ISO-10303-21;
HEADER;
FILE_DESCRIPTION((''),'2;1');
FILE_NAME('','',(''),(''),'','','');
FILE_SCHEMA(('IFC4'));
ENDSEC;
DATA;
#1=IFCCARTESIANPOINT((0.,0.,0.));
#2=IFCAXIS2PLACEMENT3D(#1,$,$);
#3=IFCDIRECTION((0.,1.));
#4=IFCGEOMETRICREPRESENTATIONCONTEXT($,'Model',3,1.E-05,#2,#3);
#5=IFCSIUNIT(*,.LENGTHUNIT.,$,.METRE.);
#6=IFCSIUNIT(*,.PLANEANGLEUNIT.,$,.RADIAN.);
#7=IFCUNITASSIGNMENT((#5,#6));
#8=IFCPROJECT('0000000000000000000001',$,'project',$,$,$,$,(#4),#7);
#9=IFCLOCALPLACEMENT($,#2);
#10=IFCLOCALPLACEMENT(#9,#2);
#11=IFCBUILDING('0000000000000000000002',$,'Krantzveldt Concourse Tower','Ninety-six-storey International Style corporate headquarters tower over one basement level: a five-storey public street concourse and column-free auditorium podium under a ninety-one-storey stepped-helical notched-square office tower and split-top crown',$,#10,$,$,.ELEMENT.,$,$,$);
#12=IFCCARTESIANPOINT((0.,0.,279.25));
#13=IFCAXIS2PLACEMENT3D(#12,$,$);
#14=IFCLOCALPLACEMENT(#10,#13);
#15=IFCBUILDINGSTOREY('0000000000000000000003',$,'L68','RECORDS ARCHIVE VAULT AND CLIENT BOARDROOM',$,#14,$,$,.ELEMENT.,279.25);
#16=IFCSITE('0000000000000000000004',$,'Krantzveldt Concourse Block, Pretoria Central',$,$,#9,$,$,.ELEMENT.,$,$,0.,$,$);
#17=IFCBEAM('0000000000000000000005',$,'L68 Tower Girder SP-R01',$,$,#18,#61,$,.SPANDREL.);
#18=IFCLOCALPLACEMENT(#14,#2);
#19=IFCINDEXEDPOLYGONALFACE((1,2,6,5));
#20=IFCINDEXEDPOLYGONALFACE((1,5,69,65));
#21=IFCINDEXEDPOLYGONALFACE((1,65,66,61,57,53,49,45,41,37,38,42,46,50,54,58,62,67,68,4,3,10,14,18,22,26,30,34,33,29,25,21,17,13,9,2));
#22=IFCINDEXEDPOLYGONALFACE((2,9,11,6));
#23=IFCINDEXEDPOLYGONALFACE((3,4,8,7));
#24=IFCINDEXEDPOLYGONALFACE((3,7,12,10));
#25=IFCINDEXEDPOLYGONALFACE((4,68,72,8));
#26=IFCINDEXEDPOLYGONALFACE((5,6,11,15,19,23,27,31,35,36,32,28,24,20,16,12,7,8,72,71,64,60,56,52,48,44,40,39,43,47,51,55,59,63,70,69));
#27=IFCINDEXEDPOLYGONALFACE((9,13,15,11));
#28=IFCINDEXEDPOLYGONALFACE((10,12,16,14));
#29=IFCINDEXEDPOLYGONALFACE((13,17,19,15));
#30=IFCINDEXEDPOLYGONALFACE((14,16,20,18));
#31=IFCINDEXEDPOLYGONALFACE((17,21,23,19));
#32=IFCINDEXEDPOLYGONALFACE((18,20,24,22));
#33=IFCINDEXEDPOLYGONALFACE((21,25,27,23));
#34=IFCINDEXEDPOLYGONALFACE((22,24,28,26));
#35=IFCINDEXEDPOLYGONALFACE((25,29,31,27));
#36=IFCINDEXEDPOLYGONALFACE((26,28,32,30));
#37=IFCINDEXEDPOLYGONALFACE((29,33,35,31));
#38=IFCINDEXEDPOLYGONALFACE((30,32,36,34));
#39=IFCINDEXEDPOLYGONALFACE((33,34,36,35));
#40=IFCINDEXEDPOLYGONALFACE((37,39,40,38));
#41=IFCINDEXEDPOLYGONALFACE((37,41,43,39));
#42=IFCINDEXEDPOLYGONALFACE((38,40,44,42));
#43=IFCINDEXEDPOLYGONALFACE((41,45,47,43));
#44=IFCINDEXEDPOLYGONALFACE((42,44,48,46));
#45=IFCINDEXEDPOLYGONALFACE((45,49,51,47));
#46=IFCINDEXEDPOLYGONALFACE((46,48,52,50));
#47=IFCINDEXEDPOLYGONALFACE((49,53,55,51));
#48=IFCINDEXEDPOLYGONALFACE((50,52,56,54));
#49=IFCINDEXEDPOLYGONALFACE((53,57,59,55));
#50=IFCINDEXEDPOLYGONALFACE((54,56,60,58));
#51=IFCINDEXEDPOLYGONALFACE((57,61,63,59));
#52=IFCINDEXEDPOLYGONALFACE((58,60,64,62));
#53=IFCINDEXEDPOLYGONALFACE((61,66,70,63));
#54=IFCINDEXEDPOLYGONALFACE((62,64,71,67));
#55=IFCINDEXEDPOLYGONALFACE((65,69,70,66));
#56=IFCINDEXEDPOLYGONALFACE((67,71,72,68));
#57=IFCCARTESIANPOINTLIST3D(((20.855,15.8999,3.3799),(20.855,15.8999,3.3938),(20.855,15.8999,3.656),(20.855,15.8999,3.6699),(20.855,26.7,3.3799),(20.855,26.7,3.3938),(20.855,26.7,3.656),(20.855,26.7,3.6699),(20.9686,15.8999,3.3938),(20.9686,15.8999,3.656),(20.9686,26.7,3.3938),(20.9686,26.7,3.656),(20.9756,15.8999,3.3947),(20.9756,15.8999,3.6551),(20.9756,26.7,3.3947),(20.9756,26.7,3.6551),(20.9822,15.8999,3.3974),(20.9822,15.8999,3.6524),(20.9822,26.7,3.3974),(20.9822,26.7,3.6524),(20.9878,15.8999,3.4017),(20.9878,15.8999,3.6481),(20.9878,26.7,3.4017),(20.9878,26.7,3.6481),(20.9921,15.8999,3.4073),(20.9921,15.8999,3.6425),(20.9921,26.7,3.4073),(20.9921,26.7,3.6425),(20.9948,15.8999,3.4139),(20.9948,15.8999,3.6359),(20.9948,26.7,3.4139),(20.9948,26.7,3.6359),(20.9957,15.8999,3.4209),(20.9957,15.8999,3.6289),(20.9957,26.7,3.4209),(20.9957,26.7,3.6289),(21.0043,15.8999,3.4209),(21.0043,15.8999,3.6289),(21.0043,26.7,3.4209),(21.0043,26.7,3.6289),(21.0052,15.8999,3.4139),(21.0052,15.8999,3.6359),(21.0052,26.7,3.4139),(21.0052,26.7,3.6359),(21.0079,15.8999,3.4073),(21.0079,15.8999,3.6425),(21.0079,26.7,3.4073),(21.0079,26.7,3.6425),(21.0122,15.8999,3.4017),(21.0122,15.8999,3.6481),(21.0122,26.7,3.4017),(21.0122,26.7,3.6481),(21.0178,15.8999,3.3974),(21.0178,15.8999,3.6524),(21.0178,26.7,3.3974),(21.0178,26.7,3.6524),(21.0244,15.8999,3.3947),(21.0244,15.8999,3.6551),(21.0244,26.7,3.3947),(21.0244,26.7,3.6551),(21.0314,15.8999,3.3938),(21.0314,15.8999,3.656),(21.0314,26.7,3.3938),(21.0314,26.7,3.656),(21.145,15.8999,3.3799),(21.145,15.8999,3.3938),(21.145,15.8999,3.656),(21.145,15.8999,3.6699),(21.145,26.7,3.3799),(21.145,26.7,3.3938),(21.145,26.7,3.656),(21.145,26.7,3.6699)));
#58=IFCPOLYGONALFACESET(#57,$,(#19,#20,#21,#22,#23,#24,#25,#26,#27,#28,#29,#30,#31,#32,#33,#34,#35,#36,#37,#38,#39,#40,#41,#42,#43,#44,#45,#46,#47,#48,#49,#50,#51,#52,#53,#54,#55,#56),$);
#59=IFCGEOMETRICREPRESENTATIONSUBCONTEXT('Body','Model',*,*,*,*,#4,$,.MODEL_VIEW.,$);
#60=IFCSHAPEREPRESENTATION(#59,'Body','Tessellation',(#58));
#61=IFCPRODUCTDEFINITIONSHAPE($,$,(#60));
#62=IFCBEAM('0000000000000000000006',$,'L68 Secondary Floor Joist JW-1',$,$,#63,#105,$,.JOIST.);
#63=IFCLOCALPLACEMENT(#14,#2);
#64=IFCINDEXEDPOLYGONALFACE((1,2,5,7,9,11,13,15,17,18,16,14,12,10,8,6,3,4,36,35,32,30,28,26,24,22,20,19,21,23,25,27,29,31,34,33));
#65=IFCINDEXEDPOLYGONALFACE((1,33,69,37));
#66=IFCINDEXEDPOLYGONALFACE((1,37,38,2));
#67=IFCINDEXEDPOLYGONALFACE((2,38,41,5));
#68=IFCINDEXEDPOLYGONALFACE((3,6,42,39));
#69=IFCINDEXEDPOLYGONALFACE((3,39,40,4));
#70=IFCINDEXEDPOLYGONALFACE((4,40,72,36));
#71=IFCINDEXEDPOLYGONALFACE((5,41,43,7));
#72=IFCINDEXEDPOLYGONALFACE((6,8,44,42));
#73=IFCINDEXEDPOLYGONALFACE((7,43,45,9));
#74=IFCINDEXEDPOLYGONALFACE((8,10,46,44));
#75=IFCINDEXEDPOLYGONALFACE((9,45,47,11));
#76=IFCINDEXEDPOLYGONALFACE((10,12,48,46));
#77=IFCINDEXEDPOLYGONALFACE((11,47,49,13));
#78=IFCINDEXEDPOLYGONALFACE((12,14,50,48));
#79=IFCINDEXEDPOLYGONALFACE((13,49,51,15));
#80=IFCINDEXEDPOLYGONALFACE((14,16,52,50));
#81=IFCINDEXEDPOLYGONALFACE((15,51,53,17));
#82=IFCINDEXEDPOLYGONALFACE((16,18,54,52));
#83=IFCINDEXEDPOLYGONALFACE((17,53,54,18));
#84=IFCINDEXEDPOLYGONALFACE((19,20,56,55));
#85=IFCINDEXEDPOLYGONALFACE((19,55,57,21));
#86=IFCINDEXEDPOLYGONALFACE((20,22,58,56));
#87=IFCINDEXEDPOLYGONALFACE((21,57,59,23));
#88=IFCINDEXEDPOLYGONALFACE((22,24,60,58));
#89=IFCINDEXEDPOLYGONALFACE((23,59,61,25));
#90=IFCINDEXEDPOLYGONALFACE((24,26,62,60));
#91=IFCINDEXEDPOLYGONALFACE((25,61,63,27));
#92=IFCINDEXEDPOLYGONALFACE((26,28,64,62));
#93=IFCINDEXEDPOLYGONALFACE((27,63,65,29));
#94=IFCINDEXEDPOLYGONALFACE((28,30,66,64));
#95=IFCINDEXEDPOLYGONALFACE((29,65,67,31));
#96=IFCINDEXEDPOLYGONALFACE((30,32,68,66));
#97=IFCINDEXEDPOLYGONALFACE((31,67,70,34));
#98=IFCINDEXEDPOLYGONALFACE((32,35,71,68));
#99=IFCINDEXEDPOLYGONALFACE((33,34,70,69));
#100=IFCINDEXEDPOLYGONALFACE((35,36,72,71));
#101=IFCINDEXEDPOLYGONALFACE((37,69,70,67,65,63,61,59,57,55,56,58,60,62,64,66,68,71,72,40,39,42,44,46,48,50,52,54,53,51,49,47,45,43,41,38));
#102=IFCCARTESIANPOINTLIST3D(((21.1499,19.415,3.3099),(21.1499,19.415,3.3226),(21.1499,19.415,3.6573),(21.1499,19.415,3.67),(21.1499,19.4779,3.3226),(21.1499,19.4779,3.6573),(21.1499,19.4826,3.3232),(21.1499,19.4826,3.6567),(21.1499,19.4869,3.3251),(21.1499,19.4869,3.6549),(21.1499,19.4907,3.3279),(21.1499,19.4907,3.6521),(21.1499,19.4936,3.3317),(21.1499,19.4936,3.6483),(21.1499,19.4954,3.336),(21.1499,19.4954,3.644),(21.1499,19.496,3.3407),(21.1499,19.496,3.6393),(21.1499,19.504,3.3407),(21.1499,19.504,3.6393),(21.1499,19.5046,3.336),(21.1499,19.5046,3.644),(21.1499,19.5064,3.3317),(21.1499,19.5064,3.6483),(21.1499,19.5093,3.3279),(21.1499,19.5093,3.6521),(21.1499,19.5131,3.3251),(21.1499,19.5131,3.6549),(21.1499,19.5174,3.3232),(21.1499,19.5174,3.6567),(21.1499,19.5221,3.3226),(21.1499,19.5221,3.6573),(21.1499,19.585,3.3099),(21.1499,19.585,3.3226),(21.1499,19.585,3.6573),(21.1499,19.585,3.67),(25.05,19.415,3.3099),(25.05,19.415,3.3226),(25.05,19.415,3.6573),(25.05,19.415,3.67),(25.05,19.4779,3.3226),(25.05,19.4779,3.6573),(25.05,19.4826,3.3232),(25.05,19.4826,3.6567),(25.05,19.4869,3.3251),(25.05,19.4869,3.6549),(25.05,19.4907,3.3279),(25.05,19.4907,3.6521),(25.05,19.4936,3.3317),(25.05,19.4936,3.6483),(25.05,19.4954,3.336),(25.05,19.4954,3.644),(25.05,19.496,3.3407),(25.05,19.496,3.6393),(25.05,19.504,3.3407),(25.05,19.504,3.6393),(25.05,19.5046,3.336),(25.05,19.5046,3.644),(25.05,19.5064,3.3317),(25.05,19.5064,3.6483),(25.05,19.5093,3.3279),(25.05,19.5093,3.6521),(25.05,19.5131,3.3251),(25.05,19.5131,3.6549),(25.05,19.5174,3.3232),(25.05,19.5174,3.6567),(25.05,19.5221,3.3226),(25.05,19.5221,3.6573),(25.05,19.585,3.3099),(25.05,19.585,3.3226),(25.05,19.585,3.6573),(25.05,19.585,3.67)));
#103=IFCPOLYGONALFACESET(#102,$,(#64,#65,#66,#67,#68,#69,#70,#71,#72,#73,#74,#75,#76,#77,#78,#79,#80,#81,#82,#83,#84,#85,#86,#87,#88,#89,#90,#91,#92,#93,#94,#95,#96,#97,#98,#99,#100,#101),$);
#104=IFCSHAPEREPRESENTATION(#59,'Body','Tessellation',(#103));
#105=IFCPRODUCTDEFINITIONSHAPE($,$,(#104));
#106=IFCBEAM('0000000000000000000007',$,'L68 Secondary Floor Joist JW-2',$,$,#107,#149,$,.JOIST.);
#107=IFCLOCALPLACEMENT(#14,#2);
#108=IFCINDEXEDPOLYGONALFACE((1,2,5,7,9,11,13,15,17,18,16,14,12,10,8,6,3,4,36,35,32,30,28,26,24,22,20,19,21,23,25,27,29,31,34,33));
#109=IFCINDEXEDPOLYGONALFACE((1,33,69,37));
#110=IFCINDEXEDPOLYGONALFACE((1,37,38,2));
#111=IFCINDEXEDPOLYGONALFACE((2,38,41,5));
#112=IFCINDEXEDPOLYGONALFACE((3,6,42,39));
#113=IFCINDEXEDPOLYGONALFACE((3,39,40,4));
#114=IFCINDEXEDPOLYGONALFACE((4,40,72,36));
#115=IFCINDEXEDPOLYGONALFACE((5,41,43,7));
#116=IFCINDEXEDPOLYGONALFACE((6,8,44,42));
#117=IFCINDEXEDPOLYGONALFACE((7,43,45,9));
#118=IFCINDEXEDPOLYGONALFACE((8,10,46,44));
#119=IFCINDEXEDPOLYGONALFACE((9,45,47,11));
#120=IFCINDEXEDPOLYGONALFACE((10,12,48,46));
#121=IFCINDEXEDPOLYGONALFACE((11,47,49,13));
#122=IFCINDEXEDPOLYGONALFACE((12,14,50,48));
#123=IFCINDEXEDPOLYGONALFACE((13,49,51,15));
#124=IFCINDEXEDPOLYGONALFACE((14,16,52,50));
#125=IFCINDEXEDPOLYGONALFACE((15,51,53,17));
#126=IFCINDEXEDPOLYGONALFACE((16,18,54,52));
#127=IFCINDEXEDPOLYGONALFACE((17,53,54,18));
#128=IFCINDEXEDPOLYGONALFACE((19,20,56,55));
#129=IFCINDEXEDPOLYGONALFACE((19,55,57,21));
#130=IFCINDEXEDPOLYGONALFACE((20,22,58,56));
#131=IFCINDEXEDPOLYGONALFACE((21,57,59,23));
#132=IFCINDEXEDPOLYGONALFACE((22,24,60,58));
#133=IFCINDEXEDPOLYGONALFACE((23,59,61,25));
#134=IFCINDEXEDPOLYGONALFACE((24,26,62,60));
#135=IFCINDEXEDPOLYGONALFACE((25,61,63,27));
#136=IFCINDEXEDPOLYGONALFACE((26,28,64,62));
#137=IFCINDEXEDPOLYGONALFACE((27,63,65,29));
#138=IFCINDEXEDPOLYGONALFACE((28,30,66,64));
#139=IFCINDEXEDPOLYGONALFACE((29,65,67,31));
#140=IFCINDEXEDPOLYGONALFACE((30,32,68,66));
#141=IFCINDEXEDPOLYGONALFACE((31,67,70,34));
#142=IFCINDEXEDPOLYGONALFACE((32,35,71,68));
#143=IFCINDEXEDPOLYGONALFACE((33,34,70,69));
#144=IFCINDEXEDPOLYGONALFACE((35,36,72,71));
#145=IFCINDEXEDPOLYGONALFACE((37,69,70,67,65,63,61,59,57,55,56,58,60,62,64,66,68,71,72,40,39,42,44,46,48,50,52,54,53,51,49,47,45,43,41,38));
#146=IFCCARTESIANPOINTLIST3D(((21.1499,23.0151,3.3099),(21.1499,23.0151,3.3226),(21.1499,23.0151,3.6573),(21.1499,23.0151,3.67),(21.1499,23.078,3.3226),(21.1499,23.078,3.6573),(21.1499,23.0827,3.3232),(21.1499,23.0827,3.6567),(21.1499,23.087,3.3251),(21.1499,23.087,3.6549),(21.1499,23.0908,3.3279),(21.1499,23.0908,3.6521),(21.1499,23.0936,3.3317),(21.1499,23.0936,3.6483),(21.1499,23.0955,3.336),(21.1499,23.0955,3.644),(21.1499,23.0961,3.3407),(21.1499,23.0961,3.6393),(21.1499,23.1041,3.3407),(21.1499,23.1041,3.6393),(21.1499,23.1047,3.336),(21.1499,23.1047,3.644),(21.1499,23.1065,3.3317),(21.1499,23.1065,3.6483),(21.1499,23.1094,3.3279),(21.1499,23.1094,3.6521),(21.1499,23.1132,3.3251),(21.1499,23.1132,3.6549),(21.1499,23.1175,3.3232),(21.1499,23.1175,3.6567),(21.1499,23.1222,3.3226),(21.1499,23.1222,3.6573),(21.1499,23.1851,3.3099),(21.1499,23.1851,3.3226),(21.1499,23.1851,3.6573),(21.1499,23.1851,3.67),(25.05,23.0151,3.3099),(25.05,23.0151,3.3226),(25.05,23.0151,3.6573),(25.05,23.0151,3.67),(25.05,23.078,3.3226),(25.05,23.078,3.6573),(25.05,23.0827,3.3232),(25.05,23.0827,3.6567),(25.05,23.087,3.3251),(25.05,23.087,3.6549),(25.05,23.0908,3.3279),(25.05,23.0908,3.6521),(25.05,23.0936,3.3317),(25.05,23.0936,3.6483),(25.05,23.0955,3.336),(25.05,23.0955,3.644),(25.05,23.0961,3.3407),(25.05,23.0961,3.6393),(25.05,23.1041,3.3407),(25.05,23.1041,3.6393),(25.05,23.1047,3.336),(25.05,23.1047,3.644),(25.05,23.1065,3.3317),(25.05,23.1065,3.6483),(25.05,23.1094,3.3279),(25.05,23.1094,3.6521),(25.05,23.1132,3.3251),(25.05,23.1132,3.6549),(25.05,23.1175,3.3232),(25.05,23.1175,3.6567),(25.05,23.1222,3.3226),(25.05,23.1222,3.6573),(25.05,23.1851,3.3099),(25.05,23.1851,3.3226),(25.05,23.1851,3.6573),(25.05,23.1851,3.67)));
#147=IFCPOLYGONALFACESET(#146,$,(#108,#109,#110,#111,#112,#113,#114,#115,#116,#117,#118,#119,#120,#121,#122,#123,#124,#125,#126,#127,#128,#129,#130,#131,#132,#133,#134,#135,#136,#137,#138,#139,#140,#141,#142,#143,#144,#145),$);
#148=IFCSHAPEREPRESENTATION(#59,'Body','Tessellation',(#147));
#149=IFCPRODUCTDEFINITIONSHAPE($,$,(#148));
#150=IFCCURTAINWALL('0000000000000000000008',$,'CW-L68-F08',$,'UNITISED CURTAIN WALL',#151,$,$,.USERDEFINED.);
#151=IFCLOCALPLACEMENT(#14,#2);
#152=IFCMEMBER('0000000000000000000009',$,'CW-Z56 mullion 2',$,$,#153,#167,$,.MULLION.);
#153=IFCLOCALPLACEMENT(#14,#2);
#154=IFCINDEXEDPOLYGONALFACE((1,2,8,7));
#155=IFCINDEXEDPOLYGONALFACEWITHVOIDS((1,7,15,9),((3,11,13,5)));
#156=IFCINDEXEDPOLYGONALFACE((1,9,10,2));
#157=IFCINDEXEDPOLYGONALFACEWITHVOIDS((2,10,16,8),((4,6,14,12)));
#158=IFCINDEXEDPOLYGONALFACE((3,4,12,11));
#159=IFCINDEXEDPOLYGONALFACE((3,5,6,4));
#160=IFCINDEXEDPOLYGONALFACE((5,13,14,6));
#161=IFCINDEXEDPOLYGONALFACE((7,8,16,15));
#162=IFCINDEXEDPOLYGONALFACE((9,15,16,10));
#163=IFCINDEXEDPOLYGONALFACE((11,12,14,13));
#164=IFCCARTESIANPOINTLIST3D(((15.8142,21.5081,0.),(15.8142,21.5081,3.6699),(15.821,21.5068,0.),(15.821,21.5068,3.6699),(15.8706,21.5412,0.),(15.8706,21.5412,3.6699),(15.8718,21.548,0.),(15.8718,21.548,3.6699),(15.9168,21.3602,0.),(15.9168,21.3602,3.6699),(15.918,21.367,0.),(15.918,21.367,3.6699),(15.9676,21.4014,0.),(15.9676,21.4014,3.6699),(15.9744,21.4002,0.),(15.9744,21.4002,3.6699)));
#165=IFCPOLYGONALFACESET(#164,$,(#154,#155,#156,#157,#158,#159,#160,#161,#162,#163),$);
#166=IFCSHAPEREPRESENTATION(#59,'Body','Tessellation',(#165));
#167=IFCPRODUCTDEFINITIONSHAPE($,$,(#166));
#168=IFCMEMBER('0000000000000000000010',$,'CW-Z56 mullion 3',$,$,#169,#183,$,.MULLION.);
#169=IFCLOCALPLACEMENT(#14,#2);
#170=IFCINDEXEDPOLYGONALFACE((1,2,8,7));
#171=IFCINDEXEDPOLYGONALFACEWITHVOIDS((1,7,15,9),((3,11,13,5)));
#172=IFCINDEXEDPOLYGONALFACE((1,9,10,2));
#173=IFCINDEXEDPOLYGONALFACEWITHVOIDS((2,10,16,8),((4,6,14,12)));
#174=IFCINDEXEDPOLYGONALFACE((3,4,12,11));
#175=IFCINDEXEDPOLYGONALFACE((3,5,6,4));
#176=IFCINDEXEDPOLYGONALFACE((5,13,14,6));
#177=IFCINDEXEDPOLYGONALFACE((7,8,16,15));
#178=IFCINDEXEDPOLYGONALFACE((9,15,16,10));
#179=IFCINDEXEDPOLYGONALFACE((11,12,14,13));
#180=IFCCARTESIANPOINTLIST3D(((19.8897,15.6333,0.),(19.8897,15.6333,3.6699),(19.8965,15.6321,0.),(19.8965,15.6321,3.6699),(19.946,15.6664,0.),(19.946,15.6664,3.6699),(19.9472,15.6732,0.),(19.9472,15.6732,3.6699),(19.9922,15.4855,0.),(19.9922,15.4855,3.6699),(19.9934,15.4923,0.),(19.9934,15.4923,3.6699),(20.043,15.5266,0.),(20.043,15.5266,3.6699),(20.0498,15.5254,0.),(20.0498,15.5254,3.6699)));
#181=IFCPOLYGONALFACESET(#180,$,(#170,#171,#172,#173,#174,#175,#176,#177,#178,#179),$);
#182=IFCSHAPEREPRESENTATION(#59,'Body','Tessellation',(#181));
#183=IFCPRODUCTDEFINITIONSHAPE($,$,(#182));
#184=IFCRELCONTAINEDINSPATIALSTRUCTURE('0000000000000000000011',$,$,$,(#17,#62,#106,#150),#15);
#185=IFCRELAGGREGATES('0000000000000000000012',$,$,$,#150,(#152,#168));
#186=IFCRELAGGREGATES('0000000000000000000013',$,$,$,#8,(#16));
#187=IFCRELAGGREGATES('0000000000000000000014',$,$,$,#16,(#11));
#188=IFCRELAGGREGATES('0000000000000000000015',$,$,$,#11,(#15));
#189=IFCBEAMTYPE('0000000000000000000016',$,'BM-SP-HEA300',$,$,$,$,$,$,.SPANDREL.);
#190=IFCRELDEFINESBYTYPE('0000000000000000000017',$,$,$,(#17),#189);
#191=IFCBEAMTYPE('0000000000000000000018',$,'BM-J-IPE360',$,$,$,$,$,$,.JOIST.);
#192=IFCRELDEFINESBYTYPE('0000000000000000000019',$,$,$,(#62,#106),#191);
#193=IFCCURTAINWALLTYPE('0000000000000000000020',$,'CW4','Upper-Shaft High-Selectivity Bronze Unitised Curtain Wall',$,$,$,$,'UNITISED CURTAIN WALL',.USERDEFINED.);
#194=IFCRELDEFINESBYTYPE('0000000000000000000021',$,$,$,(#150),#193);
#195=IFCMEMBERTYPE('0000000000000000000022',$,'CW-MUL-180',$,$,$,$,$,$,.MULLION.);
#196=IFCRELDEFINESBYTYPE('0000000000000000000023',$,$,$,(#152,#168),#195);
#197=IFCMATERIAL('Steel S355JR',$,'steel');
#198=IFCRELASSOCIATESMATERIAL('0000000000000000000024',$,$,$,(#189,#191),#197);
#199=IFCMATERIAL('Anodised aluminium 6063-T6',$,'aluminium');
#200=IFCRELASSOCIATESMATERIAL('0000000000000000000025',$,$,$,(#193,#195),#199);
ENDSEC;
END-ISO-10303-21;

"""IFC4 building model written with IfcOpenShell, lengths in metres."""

from ifc_helpers import new_model, si_unit, direction, frame, origin, origin_2d, place, context, subcontext, project, spatial, hollow_rectangle, i_section, extrude, source, transform, mapped, material, material_profile, profile_set, type_object, type_shapes, element, aggregate, save


model = new_model("IFC4")

# Units and contexts
model_context = context("Model", 3, precision=1e-05, world=origin(), true_north=direction((0.0, 1.0)))
body_context = subcontext(model_context, "Body", "Model", "MODEL_VIEW")
ifc_project = project(units=[si_unit("LENGTHUNIT", "METRE"), si_unit("PLANEANGLEUNIT", "RADIAN")], contexts=[model_context])

# Site, building, storey
site_placement = place(None, origin())
site = spatial("IfcSite", under=ifc_project, at=site_placement, Name="Krantzveldt Concourse Block, Pretoria Central", CompositionType="ELEMENT", RefElevation=0.0)
building_placement = place(site_placement, origin())
building = spatial("IfcBuilding", under=site, at=building_placement, Name="Krantzveldt Concourse Tower", Description="Ninety-six-storey International Style corporate headquarters tower over one basement level: a five-storey public street concourse and column-free auditorium podium under a ninety-one-storey stepped-helical notched-square office tower and split-top crown", CompositionType="ELEMENT")
storey_placement = place(building_placement, frame((0.0, 0.0, 279.25)))
storey = spatial("IfcBuildingStorey", under=building, at=storey_placement, Name="L68", Description="RECORDS ARCHIVE VAULT AND CLIENT BOARDROOM", CompositionType="ELEMENT", Elevation=279.25)

# Beams
ifc_material_1 = material(Name="Steel S355JR", Category="steel")
ifc_material_profile_1 = material_profile(ifc_material_1, i_section(OverallWidth=0.29, OverallDepth=0.29, WebThickness=0.0085, FlangeThickness=0.0139, FilletRadius=0.0271, at=origin_2d()), Name="Steel S355JR", Category="steel")
ifc_profile_set_1 = profile_set([ifc_material_profile_1], Name="Steel S355JR - HEA 300")
beam_type_1 = type_object("IfcBeamType", Name="BM-SP-HEA300", PredefinedType="SPANDREL", material=ifc_profile_set_1)
shared_shape_1 = source(origin(), body_context, "Body", "SweptSolid", [
    extrude(i_section(OverallWidth=0.29, OverallDepth=0.29, WebThickness=0.0085, FlangeThickness=0.0139, FilletRadius=0.0271, at=origin_2d()), origin(), (0.0, 0.0, 1.0), 10.8),
])
type_shapes(beam_type_1, [shared_shape_1])
beam_1_placement = place(storey_placement, frame((21.0, 15.8999, 3.5249), z_axis=(0.0, 1.0, 0.0), x_axis=(-1.0, 0.0, 0.0)))
element("IfcBeam", 1, at=beam_1_placement, inside=storey, type_object=beam_type_1, Name="L68 Tower Girder SP-R01", PredefinedType="SPANDREL", context=body_context, shape_type="MappedRepresentation", body=[
    mapped(shared_shape_1, transform((0.0, 0.0, 0.0), x_axis=(1.0, 0.0, 0.0), y_axis=(0.0, 1.0, 0.0), z_axis=(0.0, 0.0, 1.0), scale=1.0)),
])
ifc_material_profile_2 = material_profile(ifc_material_1, i_section(OverallWidth=0.1699, OverallDepth=0.3601, WebThickness=0.0081, FlangeThickness=0.0127, FilletRadius=0.0181, at=origin_2d()), Name="Steel S355JR", Category="steel")
ifc_profile_set_2 = profile_set([ifc_material_profile_2], Name="Steel S355JR - IPE 360")
beam_type_2 = type_object("IfcBeamType", Name="BM-J-IPE360", PredefinedType="JOIST", material=ifc_profile_set_2)
shared_shape_2 = source(origin(), body_context, "Body", "SweptSolid", [
    extrude(i_section(OverallWidth=0.1699, OverallDepth=0.3601, WebThickness=0.0081, FlangeThickness=0.0127, FilletRadius=0.0181, at=origin_2d()), origin(), (0.0, 0.0, 1.0), 3.9001),
])
type_shapes(beam_type_2, [shared_shape_2])
for number, where, z_axis, x_axis, name in (
    (2, (21.1499, 19.5, 3.49), (1.0, 0.0, 0.0), (0.0, 1.0, 0.0), "L68 Secondary Floor Joist JW-1"),
    (3, (21.1499, 23.1001, 3.49), (1.0, 0.0, 0.0), (0.0, 1.0, 0.0), "L68 Secondary Floor Joist JW-2"),
):
    element("IfcBeam", number, at=place(storey_placement, frame(where, z_axis=z_axis, x_axis=x_axis)), inside=storey, type_object=beam_type_2, Name=name, PredefinedType="JOIST", context=body_context, shape_type="MappedRepresentation", body=[
        mapped(shared_shape_2, transform((0.0, 0.0, 0.0), x_axis=(1.0, 0.0, 0.0), y_axis=(0.0, 1.0, 0.0), z_axis=(0.0, 0.0, 1.0), scale=1.0)),
    ])

# Curtain wall, members
ifc_material_2 = material(Name="Anodised aluminium 6063-T6", Category="aluminium")
curtain_wall_type = type_object("IfcCurtainWallType", Name="CW4", Description="Upper-Shaft High-Selectivity Bronze Unitised Curtain Wall", ElementType="UNITISED CURTAIN WALL", PredefinedType="USERDEFINED", material=ifc_material_2)
curtain_wall_placement = place(storey_placement, origin())
curtain_wall = element("IfcCurtainWall", 4, at=curtain_wall_placement, inside=storey, type_object=curtain_wall_type, Name="CW-L68-F08", ObjectType="UNITISED CURTAIN WALL", PredefinedType="USERDEFINED")
ifc_material_profile_3 = material_profile(ifc_material_2, hollow_rectangle(XDim=0.0701, YDim=0.1799, WallThickness=0.0049, at=origin_2d()), Name="Anodised aluminium 6063-T6", Category="aluminium")
ifc_profile_set_3 = profile_set([ifc_material_profile_3], Name="Anodised aluminium 6063-T6 - ALU-MULL 180x70x5")
member_type_1 = type_object("IfcMemberType", Name="CW-MUL-180", PredefinedType="MULLION", material=ifc_profile_set_3)
shared_shape_3 = source(origin(), body_context, "Body", "SweptSolid", [
    extrude(hollow_rectangle(XDim=0.0701, YDim=0.1799, WallThickness=0.0049, at=origin_2d()), origin(), (0.0, 0.0, 1.0), 3.6699),
])
type_shapes(member_type_1, [shared_shape_3])
member_1_placement = place(storey_placement, frame((15.8943, 21.4541, 0.0), z_axis=(0.0, 0.0, 1.0), x_axis=(0.821647, 0.569997, 0.0)))
member_1 = element("IfcMember", 5, at=member_1_placement, type_object=member_type_1, Name="CW-Z56 mullion 2", PredefinedType="MULLION", context=body_context, shape_type="MappedRepresentation", body=[
    mapped(shared_shape_3, transform((0.0, 0.0, 0.0), x_axis=(1.0, 0.0, 0.0), y_axis=(0.0, 1.0, 0.0), z_axis=(0.0, 0.0, 1.0), scale=1.0)),
])
member_2_placement = place(storey_placement, frame((19.9697, 15.5793, 0.0), z_axis=(0.0, 0.0, 1.0), x_axis=(0.821647, 0.569997, 0.0)))
member_2 = element("IfcMember", 6, at=member_2_placement, type_object=member_type_1, Name="CW-Z56 mullion 3", PredefinedType="MULLION", context=body_context, shape_type="MappedRepresentation", body=[
    mapped(shared_shape_3, transform((0.0, 0.0, 0.0), x_axis=(1.0, 0.0, 0.0), y_axis=(0.0, 1.0, 0.0), z_axis=(0.0, 0.0, 1.0), scale=1.0)),
])

aggregate(curtain_wall, [member_1, member_2])

save(model, "model.ifc")
